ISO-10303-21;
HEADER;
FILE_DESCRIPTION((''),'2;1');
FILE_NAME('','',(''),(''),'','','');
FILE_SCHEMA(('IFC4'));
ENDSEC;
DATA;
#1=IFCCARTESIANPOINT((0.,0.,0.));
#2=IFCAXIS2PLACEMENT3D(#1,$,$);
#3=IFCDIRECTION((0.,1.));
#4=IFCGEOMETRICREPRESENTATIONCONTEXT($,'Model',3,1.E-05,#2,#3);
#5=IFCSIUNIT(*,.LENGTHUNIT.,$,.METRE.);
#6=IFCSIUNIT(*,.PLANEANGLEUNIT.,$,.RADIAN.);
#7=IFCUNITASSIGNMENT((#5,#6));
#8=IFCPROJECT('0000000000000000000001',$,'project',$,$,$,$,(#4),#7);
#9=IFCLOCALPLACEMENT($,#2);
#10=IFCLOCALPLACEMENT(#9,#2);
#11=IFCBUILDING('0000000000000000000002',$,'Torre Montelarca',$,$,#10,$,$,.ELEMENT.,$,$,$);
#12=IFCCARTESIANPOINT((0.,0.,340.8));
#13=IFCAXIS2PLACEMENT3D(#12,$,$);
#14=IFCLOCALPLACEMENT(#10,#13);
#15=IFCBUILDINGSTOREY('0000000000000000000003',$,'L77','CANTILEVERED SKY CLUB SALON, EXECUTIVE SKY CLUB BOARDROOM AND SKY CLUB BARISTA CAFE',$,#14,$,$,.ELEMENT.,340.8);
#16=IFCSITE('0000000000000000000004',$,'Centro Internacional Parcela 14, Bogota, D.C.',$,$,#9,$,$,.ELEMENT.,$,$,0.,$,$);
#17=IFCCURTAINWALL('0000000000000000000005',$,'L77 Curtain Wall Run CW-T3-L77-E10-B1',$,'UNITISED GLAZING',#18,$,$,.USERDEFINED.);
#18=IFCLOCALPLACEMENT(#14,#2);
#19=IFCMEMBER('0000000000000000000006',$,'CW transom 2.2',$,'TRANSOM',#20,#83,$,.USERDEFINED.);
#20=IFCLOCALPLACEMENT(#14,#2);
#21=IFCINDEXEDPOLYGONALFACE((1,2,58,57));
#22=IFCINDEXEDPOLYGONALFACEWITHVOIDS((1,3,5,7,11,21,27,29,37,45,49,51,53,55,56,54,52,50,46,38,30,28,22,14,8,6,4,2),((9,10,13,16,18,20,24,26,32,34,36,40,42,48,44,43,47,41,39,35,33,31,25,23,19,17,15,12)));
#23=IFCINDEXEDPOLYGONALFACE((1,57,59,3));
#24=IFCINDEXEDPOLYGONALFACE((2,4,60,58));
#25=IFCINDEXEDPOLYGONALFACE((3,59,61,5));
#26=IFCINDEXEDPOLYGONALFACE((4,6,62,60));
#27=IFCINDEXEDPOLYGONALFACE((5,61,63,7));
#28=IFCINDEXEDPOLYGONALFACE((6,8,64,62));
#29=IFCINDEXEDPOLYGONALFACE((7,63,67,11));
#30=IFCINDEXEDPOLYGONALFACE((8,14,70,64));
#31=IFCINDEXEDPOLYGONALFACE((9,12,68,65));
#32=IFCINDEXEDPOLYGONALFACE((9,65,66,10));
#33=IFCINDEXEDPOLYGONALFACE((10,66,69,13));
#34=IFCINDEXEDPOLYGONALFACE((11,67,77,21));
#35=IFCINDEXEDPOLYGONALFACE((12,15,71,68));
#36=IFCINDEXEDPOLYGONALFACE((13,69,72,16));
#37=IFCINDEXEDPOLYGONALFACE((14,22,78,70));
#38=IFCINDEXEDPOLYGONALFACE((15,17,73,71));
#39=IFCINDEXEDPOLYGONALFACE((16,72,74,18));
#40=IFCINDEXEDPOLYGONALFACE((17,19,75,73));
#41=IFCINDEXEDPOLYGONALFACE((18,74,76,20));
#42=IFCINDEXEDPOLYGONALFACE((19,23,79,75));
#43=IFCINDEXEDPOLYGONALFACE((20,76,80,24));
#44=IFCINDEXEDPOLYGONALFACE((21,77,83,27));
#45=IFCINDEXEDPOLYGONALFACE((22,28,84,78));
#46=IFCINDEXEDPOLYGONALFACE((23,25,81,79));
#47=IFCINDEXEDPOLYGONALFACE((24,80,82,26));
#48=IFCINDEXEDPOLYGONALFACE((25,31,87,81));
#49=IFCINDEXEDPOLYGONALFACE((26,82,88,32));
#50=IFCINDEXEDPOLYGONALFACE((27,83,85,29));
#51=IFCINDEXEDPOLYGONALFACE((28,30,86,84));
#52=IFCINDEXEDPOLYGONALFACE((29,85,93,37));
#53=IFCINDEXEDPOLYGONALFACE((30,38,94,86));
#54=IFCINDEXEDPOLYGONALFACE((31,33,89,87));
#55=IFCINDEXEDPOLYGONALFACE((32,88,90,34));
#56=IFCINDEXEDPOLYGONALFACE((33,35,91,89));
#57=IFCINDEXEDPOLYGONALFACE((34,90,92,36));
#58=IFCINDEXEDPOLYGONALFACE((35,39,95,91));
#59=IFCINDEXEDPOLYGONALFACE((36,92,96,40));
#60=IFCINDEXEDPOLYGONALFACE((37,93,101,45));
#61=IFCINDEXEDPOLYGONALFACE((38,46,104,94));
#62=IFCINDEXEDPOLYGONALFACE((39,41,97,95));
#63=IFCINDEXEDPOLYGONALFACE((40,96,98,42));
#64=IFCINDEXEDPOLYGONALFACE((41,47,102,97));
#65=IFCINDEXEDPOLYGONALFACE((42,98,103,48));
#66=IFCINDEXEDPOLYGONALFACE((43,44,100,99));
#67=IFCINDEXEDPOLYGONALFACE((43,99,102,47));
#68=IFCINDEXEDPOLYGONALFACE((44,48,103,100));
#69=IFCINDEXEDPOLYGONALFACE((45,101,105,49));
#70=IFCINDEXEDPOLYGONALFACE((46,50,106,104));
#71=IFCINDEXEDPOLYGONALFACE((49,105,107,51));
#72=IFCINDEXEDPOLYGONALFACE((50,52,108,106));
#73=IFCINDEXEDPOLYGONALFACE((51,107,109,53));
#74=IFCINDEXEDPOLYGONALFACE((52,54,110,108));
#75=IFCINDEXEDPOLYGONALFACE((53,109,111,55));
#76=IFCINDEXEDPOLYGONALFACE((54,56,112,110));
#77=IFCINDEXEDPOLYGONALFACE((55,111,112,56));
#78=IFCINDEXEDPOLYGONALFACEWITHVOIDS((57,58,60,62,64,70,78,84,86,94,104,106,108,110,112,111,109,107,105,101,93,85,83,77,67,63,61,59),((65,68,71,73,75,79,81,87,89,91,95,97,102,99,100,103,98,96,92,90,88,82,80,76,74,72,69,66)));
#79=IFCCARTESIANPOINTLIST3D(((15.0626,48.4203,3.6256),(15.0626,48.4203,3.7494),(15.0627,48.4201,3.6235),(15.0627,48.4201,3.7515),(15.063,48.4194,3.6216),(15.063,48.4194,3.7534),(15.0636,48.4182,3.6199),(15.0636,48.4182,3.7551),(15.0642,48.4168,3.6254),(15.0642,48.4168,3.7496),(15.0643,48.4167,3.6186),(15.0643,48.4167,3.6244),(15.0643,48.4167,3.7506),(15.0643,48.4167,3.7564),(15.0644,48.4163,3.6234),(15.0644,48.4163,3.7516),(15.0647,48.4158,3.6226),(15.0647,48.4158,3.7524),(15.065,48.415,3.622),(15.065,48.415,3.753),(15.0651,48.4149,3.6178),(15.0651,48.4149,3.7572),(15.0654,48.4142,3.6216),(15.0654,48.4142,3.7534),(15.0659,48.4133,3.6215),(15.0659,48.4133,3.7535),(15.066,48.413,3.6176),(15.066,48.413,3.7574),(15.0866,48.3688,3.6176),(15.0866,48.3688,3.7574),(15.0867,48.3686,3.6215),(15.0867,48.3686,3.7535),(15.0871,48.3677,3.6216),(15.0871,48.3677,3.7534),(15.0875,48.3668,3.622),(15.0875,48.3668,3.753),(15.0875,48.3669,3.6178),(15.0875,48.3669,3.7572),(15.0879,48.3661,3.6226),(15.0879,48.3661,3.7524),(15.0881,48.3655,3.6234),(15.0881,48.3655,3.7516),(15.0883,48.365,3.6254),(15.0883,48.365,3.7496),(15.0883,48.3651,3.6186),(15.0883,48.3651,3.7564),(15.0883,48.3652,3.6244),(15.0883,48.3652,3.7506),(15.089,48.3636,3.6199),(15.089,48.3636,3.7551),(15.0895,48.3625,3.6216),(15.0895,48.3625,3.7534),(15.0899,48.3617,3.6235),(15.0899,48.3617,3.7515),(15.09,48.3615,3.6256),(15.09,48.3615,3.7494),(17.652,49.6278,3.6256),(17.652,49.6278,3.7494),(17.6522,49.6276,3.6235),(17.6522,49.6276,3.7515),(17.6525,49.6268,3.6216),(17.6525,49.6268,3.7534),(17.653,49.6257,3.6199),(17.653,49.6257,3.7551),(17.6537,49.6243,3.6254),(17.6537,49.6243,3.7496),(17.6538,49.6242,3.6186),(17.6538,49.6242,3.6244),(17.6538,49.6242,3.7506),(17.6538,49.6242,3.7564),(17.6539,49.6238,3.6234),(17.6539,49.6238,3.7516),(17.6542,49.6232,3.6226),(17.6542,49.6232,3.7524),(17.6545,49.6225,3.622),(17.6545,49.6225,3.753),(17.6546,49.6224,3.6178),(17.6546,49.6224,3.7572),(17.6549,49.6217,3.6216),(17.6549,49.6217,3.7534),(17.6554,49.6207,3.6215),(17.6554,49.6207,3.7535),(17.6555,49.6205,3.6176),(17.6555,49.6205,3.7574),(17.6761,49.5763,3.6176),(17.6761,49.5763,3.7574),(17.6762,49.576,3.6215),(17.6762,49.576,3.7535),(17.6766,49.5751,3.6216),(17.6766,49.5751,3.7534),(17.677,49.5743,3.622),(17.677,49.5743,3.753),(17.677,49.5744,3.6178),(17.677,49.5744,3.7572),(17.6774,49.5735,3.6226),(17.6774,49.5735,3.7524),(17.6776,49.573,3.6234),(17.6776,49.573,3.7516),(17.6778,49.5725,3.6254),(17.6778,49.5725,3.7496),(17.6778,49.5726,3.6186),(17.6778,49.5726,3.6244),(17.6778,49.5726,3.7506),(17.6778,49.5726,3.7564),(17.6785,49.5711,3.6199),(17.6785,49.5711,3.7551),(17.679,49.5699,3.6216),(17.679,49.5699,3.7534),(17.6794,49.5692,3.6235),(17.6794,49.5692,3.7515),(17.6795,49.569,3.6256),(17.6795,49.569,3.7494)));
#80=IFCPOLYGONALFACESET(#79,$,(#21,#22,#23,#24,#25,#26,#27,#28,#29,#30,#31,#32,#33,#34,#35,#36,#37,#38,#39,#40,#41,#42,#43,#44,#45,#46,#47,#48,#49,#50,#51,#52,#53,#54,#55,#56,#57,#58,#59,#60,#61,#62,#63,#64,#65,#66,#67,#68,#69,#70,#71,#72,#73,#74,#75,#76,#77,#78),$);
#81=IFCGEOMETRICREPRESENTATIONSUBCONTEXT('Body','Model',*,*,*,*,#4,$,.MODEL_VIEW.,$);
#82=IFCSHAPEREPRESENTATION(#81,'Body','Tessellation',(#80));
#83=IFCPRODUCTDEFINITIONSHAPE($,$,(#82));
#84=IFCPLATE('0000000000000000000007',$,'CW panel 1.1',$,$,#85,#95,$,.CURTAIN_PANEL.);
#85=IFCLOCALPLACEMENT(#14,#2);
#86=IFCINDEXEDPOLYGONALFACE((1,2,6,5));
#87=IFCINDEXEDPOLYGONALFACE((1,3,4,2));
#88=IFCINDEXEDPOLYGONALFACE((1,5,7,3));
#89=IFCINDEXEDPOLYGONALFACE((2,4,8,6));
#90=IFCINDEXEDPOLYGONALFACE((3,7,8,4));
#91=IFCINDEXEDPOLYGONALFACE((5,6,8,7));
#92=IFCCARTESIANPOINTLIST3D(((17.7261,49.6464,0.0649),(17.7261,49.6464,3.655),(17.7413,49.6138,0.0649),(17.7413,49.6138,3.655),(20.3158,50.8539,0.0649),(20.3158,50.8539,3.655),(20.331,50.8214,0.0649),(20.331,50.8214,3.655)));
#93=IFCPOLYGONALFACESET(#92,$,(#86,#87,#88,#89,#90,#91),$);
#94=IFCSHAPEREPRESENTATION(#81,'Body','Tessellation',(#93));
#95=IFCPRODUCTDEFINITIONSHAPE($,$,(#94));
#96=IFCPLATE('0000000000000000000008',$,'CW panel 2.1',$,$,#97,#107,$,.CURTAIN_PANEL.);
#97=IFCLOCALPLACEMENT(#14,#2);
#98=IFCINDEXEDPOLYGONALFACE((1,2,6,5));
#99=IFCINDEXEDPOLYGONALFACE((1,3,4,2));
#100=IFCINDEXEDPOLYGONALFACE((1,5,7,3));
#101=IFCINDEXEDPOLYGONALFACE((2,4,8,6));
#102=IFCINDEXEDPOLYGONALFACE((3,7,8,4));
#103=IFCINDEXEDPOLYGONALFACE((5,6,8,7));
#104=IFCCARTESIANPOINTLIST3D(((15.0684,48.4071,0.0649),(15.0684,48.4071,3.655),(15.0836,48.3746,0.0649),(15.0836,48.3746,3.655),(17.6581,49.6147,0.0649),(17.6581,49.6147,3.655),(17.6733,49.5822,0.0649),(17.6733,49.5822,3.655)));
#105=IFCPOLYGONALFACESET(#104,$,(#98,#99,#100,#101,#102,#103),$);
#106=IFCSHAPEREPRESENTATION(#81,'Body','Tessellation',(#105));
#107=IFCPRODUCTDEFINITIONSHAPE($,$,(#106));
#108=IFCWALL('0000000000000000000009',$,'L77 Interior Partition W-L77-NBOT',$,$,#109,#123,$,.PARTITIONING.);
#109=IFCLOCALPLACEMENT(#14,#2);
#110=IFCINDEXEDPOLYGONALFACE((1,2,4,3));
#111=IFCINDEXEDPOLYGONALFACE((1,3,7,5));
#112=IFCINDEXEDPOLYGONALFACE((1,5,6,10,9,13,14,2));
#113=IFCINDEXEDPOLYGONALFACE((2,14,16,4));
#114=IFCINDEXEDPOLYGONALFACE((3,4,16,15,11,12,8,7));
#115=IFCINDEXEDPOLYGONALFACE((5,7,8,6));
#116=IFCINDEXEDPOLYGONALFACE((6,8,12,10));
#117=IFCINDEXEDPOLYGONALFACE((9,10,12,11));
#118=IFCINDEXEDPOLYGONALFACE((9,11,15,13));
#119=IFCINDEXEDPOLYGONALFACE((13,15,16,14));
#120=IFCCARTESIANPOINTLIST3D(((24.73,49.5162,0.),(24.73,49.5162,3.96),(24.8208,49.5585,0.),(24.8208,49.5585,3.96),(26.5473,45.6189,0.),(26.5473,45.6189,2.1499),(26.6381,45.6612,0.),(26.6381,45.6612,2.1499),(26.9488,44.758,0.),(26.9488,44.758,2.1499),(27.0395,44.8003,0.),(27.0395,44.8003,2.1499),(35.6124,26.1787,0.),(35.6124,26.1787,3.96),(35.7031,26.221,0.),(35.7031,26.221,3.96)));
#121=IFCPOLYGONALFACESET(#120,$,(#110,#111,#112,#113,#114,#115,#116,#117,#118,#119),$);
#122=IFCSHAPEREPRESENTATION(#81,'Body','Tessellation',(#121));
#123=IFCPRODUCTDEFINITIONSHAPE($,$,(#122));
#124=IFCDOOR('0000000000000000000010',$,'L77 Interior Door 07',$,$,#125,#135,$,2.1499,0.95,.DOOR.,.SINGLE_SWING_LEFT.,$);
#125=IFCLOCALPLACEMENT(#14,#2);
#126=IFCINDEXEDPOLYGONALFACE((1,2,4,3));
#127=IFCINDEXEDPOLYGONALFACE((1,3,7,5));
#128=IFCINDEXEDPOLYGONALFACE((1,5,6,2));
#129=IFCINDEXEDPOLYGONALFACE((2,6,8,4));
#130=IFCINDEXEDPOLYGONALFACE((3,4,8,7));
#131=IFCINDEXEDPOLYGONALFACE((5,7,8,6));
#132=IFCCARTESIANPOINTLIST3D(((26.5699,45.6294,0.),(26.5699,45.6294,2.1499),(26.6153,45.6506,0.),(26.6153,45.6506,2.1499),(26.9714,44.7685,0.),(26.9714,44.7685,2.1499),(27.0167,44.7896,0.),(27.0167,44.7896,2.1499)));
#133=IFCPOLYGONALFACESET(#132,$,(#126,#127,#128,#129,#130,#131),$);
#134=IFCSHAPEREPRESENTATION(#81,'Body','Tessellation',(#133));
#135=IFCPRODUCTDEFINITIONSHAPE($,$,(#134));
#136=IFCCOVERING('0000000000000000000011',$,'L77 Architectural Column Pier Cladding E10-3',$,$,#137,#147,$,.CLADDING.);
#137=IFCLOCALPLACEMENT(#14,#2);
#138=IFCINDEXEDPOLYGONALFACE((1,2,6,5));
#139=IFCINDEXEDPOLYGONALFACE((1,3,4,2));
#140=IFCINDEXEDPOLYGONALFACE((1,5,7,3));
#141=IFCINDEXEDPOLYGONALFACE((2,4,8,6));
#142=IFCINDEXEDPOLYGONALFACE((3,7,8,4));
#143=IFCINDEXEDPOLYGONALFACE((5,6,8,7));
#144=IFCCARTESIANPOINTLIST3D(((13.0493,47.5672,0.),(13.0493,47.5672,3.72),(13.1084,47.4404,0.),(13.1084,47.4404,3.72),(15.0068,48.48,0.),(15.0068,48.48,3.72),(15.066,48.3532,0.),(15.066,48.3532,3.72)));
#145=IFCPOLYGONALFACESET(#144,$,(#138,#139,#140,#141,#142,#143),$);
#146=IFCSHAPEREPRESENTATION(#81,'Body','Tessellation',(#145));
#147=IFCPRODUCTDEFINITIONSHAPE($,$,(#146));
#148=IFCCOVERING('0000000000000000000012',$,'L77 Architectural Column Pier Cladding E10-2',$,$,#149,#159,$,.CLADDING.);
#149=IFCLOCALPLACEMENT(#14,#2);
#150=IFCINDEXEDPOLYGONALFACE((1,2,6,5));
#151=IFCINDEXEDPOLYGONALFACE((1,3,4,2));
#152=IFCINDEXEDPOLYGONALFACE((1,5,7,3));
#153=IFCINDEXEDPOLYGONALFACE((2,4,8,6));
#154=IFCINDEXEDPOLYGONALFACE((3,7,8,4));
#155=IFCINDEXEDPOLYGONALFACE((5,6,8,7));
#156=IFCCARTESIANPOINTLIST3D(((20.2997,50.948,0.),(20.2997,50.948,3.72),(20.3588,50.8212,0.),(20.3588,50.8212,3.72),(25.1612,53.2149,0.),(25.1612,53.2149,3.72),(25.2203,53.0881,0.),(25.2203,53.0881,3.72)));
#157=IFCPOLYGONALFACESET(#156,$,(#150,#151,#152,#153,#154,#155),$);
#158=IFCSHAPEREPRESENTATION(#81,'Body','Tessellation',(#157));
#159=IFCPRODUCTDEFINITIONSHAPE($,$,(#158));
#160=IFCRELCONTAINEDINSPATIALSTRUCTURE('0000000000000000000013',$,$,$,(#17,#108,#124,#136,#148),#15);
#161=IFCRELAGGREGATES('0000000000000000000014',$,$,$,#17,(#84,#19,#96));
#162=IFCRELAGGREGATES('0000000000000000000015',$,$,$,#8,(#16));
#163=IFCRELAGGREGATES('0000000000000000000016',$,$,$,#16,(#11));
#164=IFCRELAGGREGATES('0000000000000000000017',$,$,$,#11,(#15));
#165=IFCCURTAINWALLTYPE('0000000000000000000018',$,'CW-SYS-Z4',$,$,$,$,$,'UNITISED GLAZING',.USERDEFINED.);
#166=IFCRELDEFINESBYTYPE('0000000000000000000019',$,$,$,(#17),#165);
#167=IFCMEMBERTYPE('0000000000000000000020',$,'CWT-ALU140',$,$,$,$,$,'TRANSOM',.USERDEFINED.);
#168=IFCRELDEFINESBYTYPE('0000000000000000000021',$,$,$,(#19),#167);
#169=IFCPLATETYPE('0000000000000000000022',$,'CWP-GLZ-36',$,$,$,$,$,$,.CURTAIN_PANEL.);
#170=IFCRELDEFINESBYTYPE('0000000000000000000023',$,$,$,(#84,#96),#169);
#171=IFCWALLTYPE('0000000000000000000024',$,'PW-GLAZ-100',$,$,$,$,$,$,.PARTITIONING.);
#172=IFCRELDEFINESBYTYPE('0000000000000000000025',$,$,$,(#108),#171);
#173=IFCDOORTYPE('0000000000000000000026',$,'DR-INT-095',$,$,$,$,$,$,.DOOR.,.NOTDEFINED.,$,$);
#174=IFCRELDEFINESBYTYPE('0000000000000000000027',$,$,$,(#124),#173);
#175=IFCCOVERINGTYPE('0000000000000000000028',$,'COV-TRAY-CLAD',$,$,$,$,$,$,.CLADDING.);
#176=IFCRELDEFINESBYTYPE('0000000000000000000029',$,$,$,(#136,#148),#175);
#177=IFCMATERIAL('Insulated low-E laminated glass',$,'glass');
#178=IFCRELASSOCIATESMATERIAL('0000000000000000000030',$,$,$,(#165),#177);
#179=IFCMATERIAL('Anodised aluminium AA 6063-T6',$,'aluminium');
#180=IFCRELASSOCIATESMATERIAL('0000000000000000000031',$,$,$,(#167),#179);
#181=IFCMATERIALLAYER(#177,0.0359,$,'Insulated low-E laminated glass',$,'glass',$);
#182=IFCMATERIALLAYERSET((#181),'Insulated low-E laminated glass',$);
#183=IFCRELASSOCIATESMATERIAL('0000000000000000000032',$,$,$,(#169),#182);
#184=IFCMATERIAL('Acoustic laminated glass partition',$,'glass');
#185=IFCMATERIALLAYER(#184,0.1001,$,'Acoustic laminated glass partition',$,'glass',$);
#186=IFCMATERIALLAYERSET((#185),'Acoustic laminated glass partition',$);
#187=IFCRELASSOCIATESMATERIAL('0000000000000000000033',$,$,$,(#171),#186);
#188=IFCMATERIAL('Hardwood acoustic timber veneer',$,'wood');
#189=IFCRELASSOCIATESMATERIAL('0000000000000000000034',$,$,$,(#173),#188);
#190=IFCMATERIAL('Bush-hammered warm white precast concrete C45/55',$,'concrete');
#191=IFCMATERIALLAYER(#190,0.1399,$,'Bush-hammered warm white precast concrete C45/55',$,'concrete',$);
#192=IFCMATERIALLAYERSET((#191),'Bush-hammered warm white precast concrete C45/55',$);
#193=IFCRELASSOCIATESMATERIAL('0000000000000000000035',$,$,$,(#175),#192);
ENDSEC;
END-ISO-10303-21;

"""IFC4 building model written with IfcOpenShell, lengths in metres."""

from ifc_helpers import new_model, si_unit, direction, frame, frame_2d, origin, origin_2d, place, context, subcontext, project, spatial, rectangle, hollow_rectangle, extrude, source, transform, mapped, material, layer, layer_set, material_profile, profile_set, type_object, element, fill, aggregate, save


model = new_model("IFC4")

# Units and contexts
model_context = context("Model", 3, precision=1e-05, world=origin(), true_north=direction((0.0, 1.0)))
body_context = subcontext(model_context, "Body", "Model", "MODEL_VIEW")
ifc_project = project(units=[si_unit("LENGTHUNIT", "METRE"), si_unit("PLANEANGLEUNIT", "RADIAN")], contexts=[model_context])

# Site, building, storey
site_placement = place(None, origin())
site = spatial("IfcSite", under=ifc_project, at=site_placement, Name="Centro Internacional Parcela 14, Bogota, D.C.", CompositionType="ELEMENT", RefElevation=0.0)
building_placement = place(site_placement, origin())
building = spatial("IfcBuilding", under=site, at=building_placement, Name="Torre Montelarca", CompositionType="ELEMENT")
storey_placement = place(building_placement, frame((0.0, 0.0, 340.8)))
storey = spatial("IfcBuildingStorey", under=building, at=storey_placement, Name="L77", Description="CANTILEVERED SKY CLUB SALON, EXECUTIVE SKY CLUB BOARDROOM AND SKY CLUB BARISTA CAFE", CompositionType="ELEMENT", Elevation=340.8)

# Curtain wall, member, plates
ifc_material_1 = material(Name="Insulated low-E laminated glass", Category="glass")
curtain_wall_type = type_object("IfcCurtainWallType", Name="CW-SYS-Z4", ElementType="UNITISED GLAZING", PredefinedType="USERDEFINED", material=ifc_material_1)
curtain_wall_placement = place(storey_placement, origin())
curtain_wall = element("IfcCurtainWall", 1, at=curtain_wall_placement, inside=storey, type_object=curtain_wall_type, Name="L77 Curtain Wall Run CW-T3-L77-E10-B1", ObjectType="UNITISED GLAZING", PredefinedType="USERDEFINED")
ifc_material_2 = material(Name="Anodised aluminium AA 6063-T6", Category="aluminium")
ifc_material_profile_1 = material_profile(ifc_material_2, hollow_rectangle(XDim=0.0649, YDim=0.1399, WallThickness=0.0039, InnerFilletRadius=0.0039, OuterFilletRadius=0.0081, at=origin_2d()), Name="ALU65X140X4", Category="aluminium")
ifc_profile_set_1 = profile_set([ifc_material_profile_1], Name="Anodised aluminium AA 6063-T6")
member_type_1 = type_object("IfcMemberType", Name="CWT-ALU140", ElementType="TRANSOM", PredefinedType="USERDEFINED", material=ifc_profile_set_1)
shared_shape_1 = source(origin(), body_context, "Body", "SweptSolid", [
    extrude(hollow_rectangle(XDim=0.0649, YDim=0.1399, WallThickness=0.0039, InnerFilletRadius=0.0039, OuterFilletRadius=0.0081, at=origin_2d()), origin(), (0.0, 0.0, 1.0), 2.8572),
])
member_1_placement = place(storey_placement, frame((17.6658, 49.5984, 3.6875), z_axis=(-0.906312, -0.422609, 0.0), x_axis=(0.422609, -0.906312, 0.0)))
member_1 = element("IfcMember", 2, at=member_1_placement, type_object=member_type_1, Name="CW transom 2.2", ObjectType="TRANSOM", PredefinedType="USERDEFINED", context=body_context, shape_type="MappedRepresentation", body=[
    mapped(shared_shape_1, transform((0.0, 0.0, 0.0), scale=1.0)),
])
ifc_layer_1 = layer(ifc_material_1, 0.0359, Name="Insulated low-E laminated glass", Category="glass")
ifc_layer_set_1 = layer_set([ifc_layer_1], Name="Insulated low-E laminated glass")
plate_type = type_object("IfcPlateType", Name="CWP-GLZ-36", PredefinedType="CURTAIN_PANEL", material=ifc_layer_set_1)
shared_shape_2 = source(origin(), body_context, "Body", "SweptSolid", [
    extrude(rectangle(XDim=2.8574, YDim=0.0359, at=origin_2d()), origin(), (0.0, 0.0, 1.0), 3.5901),
])
plate_1_placement = place(storey_placement, frame((19.0286, 50.2339, 0.0649), z_axis=(0.0, 0.0, 1.0), x_axis=(-0.906309, -0.422615, 0.0)))
plate_1 = element("IfcPlate", 3, at=plate_1_placement, type_object=plate_type, Name="CW panel 1.1", PredefinedType="CURTAIN_PANEL", context=body_context, shape_type="MappedRepresentation", body=[
    mapped(shared_shape_2, transform((0.0, 0.0, 0.0), scale=1.0)),
])
plate_2_placement = place(storey_placement, frame((16.3708, 48.9946, 0.0649), z_axis=(0.0, 0.0, 1.0), x_axis=(-0.906309, -0.422615, 0.0)))
plate_2 = element("IfcPlate", 4, at=plate_2_placement, type_object=plate_type, Name="CW panel 2.1", PredefinedType="CURTAIN_PANEL", context=body_context, shape_type="MappedRepresentation", body=[
    mapped(shared_shape_2, transform((0.0, 0.0, 0.0), scale=1.0)),
])
aggregate(curtain_wall, [plate_1, member_1, plate_2])

# Wall, opening, door
ifc_material_3 = material(Name="Acoustic laminated glass partition", Category="glass")
ifc_layer_2 = layer(ifc_material_3, 0.1001, Name="Acoustic laminated glass partition", Category="glass")
ifc_layer_set_2 = layer_set([ifc_layer_2], Name="Acoustic laminated glass partition")
wall_type_1 = type_object("IfcWallType", Name="PW-GLAZ-100", PredefinedType="PARTITIONING", material=ifc_layer_set_2)
wall_1_placement = place(storey_placement, frame((24.7754, 49.5374, 0.0), z_axis=(0.0, 0.0, 1.0), x_axis=(0.422616, -0.906309, 0.0)))
wall_1 = element("IfcWall", 5, at=wall_1_placement, inside=storey, type_object=wall_type_1, Name="L77 Interior Partition W-L77-NBOT", PredefinedType="PARTITIONING", context=body_context, shape_type="SweptSolid", body=[
    extrude(rectangle(XDim=25.75, YDim=0.1001, at=frame_2d((12.875, 0.0))), origin(), (0.0, 0.0, 1.0), 3.96),
])
opening_1_placement = place(wall_1_placement, frame((4.3, 0.0, 0.0)))
opening_1 = element("IfcOpeningElement", 6, at=opening_1_placement, cuts=wall_1, PredefinedType="OPENING", context=body_context, shape_type="SweptSolid", body=[
    extrude(rectangle(XDim=0.95, YDim=2.1499, at=frame_2d((0.4751, 1.075))), frame((0.0, 0.0601, 0.0), z_axis=(0.0, -1.0, 0.0), x_axis=(1.0, 0.0, 0.0)), (0.0, 0.0, 1.0), 0.1201),
])
ifc_material_4 = material(Name="Hardwood acoustic timber veneer", Category="wood")
door_type_1 = type_object("IfcDoorType", Name="DR-INT-095", OperationType="NOTDEFINED", PredefinedType="DOOR", material=ifc_material_4)
shared_shape_3 = source(origin(), body_context, "Body", "SweptSolid", [
    extrude(rectangle(XDim=0.95, YDim=2.1499, at=frame_2d((0.4751, 1.075))), frame((0.0, 0.0249, 0.0), z_axis=(0.0, -1.0, 0.0), x_axis=(1.0, 0.0, 0.0)), (0.0, 0.0, 1.0), 0.05),
])
door_1_placement = place(opening_1_placement, origin())
door_1 = element("IfcDoor", 7, at=door_1_placement, inside=storey, type_object=door_type_1, Name="L77 Interior Door 07", OperationType="SINGLE_SWING_LEFT", OverallHeight=2.1499, OverallWidth=0.95, PredefinedType="DOOR", context=body_context, shape_type="MappedRepresentation", body=[
    mapped(shared_shape_3, transform((0.0, 0.0, 0.0), scale=1.0)),
])
fill(opening_1, door_1)

# Coverings
ifc_material_5 = material(Name="Bush-hammered warm white precast concrete C45/55", Category="concrete")
ifc_layer_3 = layer(ifc_material_5, 0.1399, Name="Bush-hammered warm white precast concrete C45/55", Category="concrete")
ifc_layer_set_3 = layer_set([ifc_layer_3], Name="Bush-hammered warm white precast concrete C45/55")
covering_type = type_object("IfcCoveringType", Name="COV-TRAY-CLAD", PredefinedType="CLADDING", material=ifc_layer_set_3)
shared_shape_4 = source(origin(), body_context, "Body", "SweptSolid", [
    extrude(rectangle(XDim=2.1599, YDim=0.1399, at=origin_2d()), origin(), (0.0, 0.0, 1.0), 3.72),
])
covering_1_placement = place(storey_placement, frame((14.0576, 47.9602, 0.0), z_axis=(0.0, 0.0, 1.0), x_axis=(-0.906308, -0.422618, 0.0)))
element("IfcCovering", 8, at=covering_1_placement, inside=storey, type_object=covering_type, Name="L77 Architectural Column Pier Cladding E10-3", PredefinedType="CLADDING", context=body_context, shape_type="MappedRepresentation", body=[
    mapped(shared_shape_4, transform((0.0, 0.0, 0.0), scale=1.0)),
])
shared_shape_5 = source(origin(), body_context, "Body", "SweptSolid", [
    extrude(rectangle(XDim=5.364, YDim=0.1399, at=origin_2d()), origin(), (0.0, 0.0, 1.0), 3.72),
])
covering_2_placement = place(storey_placement, frame((22.76, 52.0181, 0.0), z_axis=(0.0, 0.0, 1.0), x_axis=(-0.906308, -0.422618, 0.0)))
element("IfcCovering", 9, at=covering_2_placement, inside=storey, type_object=covering_type, Name="L77 Architectural Column Pier Cladding E10-2", PredefinedType="CLADDING", context=body_context, shape_type="MappedRepresentation", body=[
    mapped(shared_shape_5, transform((0.0, 0.0, 0.0), scale=1.0)),
])

save(model, "model.ifc")
